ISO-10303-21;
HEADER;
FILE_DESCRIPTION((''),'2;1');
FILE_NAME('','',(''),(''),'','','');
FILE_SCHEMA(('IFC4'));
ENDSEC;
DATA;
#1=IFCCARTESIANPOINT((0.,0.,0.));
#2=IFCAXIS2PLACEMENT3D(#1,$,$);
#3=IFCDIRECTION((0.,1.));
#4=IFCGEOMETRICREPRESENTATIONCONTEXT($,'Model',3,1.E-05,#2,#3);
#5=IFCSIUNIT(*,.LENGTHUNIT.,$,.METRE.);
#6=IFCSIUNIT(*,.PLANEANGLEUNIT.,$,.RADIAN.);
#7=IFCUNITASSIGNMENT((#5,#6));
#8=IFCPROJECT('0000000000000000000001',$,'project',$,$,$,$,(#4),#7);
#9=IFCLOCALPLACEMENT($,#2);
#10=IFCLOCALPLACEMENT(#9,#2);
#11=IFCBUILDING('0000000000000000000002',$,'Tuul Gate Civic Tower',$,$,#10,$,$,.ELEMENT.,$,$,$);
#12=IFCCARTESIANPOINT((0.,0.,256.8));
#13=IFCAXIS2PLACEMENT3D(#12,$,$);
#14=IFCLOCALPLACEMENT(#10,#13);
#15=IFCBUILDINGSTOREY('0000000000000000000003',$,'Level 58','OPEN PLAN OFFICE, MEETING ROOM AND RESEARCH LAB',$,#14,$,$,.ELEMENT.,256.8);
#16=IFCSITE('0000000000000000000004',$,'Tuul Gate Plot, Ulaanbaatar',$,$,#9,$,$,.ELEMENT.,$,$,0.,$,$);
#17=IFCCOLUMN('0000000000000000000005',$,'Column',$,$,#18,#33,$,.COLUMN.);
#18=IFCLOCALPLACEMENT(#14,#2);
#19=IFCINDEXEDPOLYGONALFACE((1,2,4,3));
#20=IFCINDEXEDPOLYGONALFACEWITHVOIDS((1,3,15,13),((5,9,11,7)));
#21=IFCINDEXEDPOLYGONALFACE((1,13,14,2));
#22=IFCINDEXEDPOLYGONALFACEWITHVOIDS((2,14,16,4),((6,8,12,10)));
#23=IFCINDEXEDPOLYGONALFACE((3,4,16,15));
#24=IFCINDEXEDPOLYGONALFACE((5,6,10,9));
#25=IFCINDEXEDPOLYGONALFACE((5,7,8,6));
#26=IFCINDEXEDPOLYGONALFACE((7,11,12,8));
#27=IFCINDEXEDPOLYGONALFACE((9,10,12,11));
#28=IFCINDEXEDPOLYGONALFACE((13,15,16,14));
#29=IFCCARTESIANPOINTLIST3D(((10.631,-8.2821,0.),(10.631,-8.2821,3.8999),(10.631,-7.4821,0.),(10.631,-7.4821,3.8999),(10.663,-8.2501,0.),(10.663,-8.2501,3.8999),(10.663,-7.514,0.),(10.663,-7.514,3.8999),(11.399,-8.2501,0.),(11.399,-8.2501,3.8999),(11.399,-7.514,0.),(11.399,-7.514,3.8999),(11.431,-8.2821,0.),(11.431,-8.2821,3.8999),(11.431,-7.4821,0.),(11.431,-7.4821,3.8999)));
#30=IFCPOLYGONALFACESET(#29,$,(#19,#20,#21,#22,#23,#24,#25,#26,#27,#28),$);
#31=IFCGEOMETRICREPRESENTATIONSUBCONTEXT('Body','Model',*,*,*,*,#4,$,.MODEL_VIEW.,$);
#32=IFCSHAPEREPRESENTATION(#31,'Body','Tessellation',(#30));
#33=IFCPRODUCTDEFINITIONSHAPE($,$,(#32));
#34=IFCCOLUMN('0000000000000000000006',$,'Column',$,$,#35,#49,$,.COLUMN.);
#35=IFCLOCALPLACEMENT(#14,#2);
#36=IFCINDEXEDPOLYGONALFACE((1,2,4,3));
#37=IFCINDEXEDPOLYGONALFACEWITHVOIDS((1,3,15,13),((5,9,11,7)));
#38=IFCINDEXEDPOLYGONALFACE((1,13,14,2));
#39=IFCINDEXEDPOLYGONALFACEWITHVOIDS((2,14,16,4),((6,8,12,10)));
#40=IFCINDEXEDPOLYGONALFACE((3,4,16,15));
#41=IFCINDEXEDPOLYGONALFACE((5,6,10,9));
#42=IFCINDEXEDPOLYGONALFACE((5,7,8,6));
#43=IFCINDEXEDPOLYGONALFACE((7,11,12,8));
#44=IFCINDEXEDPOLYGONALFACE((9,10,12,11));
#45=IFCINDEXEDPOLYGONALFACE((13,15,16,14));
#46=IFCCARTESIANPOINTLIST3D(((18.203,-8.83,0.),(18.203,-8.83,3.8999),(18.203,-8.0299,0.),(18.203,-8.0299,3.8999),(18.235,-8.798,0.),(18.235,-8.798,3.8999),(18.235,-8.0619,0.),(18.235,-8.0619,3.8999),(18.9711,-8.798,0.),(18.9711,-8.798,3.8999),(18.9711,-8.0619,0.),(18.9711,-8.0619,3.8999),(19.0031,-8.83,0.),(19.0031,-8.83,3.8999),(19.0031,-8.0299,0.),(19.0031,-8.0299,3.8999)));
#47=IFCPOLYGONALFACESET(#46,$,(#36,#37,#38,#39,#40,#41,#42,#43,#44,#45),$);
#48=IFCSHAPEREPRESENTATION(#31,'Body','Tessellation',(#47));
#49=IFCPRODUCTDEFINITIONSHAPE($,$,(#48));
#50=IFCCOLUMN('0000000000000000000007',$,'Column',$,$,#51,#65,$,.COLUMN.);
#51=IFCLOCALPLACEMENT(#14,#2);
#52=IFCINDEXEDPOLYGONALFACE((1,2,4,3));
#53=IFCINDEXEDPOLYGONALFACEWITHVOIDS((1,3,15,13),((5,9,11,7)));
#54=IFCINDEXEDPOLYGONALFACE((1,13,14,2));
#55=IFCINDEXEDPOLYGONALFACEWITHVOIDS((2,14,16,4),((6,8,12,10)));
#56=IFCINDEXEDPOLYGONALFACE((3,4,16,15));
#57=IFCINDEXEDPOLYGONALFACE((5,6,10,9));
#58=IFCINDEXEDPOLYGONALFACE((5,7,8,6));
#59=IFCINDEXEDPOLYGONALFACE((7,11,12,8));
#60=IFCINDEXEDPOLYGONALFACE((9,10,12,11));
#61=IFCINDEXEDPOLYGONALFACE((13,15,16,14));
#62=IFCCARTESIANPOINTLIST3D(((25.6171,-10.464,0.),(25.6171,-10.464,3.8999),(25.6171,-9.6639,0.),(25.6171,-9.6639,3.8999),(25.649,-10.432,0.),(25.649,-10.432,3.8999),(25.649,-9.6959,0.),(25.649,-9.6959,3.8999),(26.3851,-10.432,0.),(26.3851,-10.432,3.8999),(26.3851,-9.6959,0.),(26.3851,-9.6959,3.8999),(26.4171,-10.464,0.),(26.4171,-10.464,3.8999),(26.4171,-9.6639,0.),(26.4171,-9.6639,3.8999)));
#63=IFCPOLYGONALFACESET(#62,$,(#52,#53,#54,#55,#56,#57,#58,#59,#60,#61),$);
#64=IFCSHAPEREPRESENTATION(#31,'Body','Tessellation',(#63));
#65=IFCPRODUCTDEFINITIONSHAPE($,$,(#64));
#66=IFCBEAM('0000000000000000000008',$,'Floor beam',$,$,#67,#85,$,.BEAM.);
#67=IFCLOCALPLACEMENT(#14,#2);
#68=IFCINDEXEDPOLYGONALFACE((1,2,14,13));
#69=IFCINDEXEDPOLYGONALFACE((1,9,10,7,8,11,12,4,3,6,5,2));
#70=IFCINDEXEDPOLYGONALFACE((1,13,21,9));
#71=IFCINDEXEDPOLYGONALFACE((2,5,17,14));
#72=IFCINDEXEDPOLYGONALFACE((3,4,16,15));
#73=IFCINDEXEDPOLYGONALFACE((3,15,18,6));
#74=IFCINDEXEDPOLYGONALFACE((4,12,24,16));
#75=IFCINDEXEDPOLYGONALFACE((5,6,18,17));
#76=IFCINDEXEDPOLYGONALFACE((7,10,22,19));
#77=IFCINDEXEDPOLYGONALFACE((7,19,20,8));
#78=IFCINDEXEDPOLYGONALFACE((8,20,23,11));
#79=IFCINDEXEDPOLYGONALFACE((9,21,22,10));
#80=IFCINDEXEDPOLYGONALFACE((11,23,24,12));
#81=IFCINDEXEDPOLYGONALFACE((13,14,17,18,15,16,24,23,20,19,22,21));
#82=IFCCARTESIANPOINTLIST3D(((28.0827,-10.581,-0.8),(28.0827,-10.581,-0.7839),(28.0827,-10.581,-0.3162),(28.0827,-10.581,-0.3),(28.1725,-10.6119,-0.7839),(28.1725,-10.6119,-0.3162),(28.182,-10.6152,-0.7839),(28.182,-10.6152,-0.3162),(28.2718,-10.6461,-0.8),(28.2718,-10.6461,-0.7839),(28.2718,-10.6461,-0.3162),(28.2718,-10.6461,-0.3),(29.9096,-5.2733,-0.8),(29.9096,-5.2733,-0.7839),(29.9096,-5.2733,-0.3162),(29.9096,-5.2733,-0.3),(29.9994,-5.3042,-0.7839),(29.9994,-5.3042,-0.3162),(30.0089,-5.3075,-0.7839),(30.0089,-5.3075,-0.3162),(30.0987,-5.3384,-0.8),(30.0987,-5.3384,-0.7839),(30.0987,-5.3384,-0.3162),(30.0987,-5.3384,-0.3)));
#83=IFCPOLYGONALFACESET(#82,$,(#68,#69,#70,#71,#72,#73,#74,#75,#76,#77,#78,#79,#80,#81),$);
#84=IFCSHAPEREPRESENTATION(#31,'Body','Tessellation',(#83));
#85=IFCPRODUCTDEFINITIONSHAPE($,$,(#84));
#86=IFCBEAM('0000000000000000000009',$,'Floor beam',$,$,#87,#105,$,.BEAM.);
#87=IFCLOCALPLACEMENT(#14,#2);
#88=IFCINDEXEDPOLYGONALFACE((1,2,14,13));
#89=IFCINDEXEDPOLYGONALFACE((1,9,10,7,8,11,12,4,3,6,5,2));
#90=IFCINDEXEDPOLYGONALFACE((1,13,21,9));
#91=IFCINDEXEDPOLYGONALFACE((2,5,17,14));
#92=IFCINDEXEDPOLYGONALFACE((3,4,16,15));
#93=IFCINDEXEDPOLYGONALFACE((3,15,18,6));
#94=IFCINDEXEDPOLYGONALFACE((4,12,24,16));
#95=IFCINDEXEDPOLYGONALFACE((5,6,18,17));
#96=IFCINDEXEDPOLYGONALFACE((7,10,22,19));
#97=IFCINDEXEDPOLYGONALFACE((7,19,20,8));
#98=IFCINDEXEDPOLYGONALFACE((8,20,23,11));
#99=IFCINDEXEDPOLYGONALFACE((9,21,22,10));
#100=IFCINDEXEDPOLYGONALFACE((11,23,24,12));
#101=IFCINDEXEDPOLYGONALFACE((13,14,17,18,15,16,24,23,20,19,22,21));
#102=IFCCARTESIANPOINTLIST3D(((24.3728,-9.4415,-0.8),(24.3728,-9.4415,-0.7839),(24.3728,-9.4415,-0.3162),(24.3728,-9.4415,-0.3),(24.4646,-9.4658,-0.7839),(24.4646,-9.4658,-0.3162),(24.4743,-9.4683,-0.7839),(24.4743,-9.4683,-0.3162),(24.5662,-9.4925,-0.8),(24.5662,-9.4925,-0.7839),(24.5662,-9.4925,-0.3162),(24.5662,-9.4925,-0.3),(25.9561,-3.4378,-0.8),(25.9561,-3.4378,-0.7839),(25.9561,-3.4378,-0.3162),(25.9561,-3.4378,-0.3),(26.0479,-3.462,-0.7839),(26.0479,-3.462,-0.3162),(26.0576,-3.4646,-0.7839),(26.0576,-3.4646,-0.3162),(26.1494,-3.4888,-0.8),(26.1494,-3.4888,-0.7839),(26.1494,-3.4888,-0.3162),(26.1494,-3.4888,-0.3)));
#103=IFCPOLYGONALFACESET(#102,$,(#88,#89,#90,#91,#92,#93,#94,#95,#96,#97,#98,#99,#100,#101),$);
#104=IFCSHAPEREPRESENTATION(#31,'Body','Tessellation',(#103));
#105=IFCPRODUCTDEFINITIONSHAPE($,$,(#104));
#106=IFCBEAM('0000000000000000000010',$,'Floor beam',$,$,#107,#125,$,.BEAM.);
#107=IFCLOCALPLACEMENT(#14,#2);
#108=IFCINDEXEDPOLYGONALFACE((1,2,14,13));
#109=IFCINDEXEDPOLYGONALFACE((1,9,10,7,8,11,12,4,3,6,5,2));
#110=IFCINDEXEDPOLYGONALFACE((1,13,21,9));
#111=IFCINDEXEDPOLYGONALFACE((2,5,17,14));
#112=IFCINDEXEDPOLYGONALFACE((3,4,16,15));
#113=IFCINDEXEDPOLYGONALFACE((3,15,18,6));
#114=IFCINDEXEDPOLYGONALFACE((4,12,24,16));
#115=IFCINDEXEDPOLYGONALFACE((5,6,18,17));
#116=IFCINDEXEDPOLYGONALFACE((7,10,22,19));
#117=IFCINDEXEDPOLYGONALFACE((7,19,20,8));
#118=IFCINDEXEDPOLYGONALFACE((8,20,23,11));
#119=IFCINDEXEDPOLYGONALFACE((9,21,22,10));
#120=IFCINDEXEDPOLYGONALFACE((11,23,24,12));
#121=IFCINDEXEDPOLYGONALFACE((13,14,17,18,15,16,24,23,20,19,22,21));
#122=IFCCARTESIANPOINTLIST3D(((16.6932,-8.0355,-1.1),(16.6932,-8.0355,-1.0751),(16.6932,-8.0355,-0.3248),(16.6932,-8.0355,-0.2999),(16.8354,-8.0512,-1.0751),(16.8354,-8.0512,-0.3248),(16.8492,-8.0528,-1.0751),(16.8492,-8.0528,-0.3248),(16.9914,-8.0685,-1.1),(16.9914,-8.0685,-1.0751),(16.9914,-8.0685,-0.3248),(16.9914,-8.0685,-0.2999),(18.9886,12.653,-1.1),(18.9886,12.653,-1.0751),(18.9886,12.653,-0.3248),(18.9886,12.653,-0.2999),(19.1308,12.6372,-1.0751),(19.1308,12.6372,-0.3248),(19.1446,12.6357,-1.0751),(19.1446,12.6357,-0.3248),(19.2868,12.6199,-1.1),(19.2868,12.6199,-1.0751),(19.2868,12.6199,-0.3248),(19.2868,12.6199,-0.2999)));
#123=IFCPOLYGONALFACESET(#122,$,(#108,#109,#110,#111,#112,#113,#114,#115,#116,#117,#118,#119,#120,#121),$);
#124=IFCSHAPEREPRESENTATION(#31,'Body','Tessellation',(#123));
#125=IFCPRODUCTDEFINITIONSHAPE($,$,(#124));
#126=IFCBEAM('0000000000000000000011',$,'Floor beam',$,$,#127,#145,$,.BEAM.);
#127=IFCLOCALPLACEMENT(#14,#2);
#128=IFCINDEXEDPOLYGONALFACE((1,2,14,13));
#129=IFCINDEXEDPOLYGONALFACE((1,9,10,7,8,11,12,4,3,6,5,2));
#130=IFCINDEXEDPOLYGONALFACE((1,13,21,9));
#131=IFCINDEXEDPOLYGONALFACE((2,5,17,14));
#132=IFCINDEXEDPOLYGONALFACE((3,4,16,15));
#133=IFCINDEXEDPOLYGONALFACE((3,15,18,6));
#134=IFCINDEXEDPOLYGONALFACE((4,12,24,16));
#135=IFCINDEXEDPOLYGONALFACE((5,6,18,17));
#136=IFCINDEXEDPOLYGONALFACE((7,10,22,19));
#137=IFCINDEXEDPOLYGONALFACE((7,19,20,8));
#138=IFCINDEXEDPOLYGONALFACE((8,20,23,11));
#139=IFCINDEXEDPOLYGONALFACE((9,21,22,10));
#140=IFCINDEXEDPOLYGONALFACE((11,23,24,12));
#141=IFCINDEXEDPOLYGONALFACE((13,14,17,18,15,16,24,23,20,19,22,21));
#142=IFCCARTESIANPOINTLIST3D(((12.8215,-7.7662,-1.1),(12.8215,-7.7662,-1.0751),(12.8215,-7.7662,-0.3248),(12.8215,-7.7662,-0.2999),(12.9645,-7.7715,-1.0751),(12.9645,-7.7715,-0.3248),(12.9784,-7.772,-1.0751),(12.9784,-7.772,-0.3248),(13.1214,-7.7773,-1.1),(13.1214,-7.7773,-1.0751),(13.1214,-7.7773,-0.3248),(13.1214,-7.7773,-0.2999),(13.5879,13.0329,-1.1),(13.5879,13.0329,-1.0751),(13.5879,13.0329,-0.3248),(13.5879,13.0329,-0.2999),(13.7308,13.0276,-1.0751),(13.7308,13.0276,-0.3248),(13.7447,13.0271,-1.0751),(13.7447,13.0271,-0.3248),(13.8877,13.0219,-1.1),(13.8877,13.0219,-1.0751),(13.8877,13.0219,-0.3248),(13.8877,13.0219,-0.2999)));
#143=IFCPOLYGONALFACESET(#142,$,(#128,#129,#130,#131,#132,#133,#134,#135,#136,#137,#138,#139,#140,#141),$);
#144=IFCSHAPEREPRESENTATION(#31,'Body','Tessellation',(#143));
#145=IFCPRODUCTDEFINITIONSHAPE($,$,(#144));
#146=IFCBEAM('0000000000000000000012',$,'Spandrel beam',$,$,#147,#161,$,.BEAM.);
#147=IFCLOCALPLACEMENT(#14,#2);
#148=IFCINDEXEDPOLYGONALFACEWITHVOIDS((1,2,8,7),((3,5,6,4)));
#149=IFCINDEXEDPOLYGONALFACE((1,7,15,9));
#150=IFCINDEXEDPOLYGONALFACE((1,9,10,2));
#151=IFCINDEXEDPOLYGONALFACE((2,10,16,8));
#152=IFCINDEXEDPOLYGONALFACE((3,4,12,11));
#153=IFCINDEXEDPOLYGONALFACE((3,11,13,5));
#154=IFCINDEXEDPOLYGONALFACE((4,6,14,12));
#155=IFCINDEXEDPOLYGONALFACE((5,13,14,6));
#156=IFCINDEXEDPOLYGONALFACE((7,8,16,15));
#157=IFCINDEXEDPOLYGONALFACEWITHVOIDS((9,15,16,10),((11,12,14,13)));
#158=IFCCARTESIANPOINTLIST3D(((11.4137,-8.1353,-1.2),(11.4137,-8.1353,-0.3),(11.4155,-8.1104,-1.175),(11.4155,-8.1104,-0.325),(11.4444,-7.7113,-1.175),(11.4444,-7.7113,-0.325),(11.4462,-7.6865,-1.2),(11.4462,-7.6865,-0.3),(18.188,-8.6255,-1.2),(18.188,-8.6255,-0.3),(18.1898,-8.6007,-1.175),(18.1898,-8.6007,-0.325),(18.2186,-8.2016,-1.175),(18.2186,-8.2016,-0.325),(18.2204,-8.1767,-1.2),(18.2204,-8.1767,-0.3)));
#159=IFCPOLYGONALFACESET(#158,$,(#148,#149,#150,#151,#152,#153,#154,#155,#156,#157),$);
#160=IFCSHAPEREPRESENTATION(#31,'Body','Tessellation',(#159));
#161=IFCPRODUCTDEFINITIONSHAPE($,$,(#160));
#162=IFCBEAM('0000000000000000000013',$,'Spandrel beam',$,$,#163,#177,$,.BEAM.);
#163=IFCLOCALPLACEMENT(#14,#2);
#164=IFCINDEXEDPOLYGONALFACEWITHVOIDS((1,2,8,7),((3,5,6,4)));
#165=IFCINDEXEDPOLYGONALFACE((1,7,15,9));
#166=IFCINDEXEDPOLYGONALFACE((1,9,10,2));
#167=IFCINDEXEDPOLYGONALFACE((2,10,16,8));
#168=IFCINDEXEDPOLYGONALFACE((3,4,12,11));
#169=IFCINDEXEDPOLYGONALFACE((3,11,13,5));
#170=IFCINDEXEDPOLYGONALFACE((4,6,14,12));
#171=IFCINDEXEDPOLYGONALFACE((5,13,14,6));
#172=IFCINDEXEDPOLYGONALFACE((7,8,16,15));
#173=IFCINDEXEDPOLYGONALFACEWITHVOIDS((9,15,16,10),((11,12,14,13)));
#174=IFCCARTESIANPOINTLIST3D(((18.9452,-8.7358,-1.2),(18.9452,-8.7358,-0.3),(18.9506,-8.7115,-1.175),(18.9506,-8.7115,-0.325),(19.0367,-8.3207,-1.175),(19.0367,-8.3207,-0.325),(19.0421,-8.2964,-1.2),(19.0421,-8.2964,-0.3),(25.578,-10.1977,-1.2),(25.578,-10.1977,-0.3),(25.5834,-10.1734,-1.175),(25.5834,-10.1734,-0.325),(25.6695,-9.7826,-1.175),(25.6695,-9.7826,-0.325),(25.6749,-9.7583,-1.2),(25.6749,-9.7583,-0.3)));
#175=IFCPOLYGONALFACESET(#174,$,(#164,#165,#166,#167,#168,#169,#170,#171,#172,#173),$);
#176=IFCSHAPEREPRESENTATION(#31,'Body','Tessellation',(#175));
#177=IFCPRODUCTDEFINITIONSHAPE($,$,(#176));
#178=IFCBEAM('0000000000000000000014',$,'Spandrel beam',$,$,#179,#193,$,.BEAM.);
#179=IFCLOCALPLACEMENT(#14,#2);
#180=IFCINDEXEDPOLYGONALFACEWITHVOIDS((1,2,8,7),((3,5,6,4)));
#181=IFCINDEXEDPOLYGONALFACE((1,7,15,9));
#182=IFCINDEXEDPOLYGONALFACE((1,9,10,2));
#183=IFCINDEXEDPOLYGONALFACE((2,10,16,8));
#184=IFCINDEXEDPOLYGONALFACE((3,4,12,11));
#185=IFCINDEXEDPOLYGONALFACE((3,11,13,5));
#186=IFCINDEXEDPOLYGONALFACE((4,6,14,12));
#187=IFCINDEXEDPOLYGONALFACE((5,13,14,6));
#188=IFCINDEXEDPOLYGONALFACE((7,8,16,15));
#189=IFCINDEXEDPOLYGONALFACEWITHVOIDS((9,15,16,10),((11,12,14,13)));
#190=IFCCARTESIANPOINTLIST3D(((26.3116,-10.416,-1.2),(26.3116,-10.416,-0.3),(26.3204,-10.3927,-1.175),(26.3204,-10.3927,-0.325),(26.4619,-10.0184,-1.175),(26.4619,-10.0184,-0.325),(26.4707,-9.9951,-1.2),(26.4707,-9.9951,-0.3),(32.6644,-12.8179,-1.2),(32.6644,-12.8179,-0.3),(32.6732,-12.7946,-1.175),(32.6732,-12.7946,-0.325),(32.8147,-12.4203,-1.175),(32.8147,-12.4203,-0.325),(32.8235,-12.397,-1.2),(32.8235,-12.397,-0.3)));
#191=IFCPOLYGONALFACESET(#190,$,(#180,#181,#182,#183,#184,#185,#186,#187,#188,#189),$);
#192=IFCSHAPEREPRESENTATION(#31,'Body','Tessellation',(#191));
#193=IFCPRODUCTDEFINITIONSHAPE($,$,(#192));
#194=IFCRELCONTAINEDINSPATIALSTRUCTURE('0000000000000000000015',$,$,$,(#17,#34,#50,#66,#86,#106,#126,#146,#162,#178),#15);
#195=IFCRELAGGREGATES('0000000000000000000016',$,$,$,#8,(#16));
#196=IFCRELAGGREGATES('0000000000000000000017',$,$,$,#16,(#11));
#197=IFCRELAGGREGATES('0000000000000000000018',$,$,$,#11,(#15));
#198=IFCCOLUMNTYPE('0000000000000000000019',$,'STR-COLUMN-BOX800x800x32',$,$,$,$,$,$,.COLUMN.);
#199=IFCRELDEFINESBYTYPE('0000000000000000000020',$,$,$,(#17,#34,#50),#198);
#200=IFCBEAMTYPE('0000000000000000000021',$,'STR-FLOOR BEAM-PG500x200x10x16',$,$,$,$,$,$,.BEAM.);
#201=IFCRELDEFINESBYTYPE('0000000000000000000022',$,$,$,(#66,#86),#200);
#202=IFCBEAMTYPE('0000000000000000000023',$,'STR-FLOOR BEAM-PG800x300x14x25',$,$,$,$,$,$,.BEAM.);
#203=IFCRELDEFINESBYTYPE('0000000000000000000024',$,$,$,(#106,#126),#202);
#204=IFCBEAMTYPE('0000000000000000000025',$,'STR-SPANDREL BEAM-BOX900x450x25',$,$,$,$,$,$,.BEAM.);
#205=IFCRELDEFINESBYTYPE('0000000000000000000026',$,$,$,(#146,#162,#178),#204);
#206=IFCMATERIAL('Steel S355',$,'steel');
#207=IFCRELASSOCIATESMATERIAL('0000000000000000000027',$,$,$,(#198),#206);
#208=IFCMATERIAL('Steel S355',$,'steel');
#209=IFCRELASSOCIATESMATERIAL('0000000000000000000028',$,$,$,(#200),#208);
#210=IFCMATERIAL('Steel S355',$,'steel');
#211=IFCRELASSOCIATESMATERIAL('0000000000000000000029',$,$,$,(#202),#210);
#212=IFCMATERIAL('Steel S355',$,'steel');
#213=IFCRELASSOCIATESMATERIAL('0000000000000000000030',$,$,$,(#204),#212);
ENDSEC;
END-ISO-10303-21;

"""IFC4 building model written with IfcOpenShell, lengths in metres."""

from ifc_helpers import new_model, si_unit, direction, frame, origin, origin_2d, place, context, subcontext, project, spatial, hollow_rectangle, i_section, extrude, material, material_profile, profile_set, type_object, element, save


model = new_model("IFC4")

# Units and contexts
model_context = context("Model", 3, precision=1e-05, world=origin(), true_north=direction((0.0, 1.0)))
body_context = subcontext(model_context, "Body", "Model", "MODEL_VIEW")
ifc_project = project(units=[si_unit("LENGTHUNIT", "METRE"), si_unit("PLANEANGLEUNIT", "RADIAN")], contexts=[model_context])

# Site, building, storey
site_placement = place(None, origin())
site = spatial("IfcSite", under=ifc_project, at=site_placement, Name="Tuul Gate Plot, Ulaanbaatar", CompositionType="ELEMENT", RefElevation=0.0)
building_placement = place(site_placement, origin())
building = spatial("IfcBuilding", under=site, at=building_placement, Name="Tuul Gate Civic Tower", CompositionType="ELEMENT")
storey_placement = place(building_placement, frame((0.0, 0.0, 256.8)))
storey = spatial("IfcBuildingStorey", under=building, at=storey_placement, Name="Level 58", Description="OPEN PLAN OFFICE, MEETING ROOM AND RESEARCH LAB", CompositionType="ELEMENT", Elevation=256.8)

# Columns
ifc_material_1 = material(Name="Steel S355", Category="steel")
ifc_material_profile_1 = material_profile(ifc_material_1, hollow_rectangle(XDim=0.8, YDim=0.8, WallThickness=0.032, at=origin_2d()), Name="BOX800x800x32")
ifc_profile_set_1 = profile_set([ifc_material_profile_1], Name="Steel S355")
column_type = type_object("IfcColumnType", Name="STR-COLUMN-BOX800x800x32", PredefinedType="COLUMN", material=ifc_profile_set_1)
for number, where, z_axis, x_axis, name in (
    (1, (11.031, -7.8821, 0.0), (0.0, 0.0, 1.0), (1.0, 0.0, 0.0), "Column"),
    (2, (18.603, -8.4299, 0.0), (0.0, 0.0, 1.0), (1.0, 0.0, 0.0), "Column"),
    (3, (26.0171, -10.064, 0.0), (0.0, 0.0, 1.0), (1.0, 0.0, 0.0), "Column"),
):
    element("IfcColumn", number, at=place(storey_placement, frame(where, z_axis=z_axis, x_axis=x_axis)), inside=storey, type_object=column_type, Name=name, PredefinedType="COLUMN", context=body_context, shape_type="SweptSolid", body=[
        extrude(hollow_rectangle(XDim=0.8, YDim=0.8, WallThickness=0.032, at=origin_2d()), origin(), (0.0, 0.0, 1.0), 3.8999),
    ])

# Beams
ifc_material_2 = material(Name="Steel S355", Category="steel")
ifc_material_profile_2 = material_profile(ifc_material_2, i_section(OverallWidth=0.2, OverallDepth=0.5, WebThickness=0.01, FlangeThickness=0.0161, at=origin_2d()), Name="PG500x200x10x16")
ifc_profile_set_2 = profile_set([ifc_material_profile_2], Name="Steel S355")
beam_type_1 = type_object("IfcBeamType", Name="STR-FLOOR BEAM-PG500x200x10x16", PredefinedType="BEAM", material=ifc_profile_set_2)
beam_1_placement = place(storey_placement, frame((28.1772, -10.6135, -0.55), z_axis=(0.325464, 0.945554, 0.0), x_axis=(-0.945554, 0.325464, 0.0)))
element("IfcBeam", 4, at=beam_1_placement, inside=storey, type_object=beam_type_1, Name="Floor beam", PredefinedType="BEAM", context=body_context, shape_type="SweptSolid", body=[
    extrude(i_section(OverallWidth=0.2, OverallDepth=0.5, WebThickness=0.01, FlangeThickness=0.0161, at=origin_2d()), origin(), (0.0, 0.0, 1.0), 5.6133),
])
beam_2_placement = place(storey_placement, frame((24.4695, -9.467, -0.55), z_axis=(0.254996, 0.966942, 0.0), x_axis=(-0.966942, 0.254996, 0.0)))
element("IfcBeam", 5, at=beam_2_placement, inside=storey, type_object=beam_type_1, Name="Floor beam", PredefinedType="BEAM", context=body_context, shape_type="SweptSolid", body=[
    extrude(i_section(OverallWidth=0.2, OverallDepth=0.5, WebThickness=0.01, FlangeThickness=0.0161, at=origin_2d()), origin(), (0.0, 0.0, 1.0), 6.209),
])
ifc_material_3 = material(Name="Steel S355", Category="steel")
ifc_material_profile_3 = material_profile(ifc_material_3, i_section(OverallWidth=0.3, OverallDepth=0.8, WebThickness=0.0139, FlangeThickness=0.0249, at=origin_2d()), Name="PG800x300x14x25")
ifc_profile_set_3 = profile_set([ifc_material_profile_3], Name="Steel S355")
beam_type_2 = type_object("IfcBeamType", Name="STR-FLOOR BEAM-PG800x300x14x25", PredefinedType="BEAM", material=ifc_profile_set_3)
beam_3_placement = place(storey_placement, frame((16.8423, -8.052, -0.7), z_axis=(0.110274, 0.993901, 0.0), x_axis=(-0.993901, 0.110274, 0.0)))
element("IfcBeam", 6, at=beam_3_placement, inside=storey, type_object=beam_type_2, Name="Floor beam", PredefinedType="BEAM", context=body_context, shape_type="SweptSolid", body=[
    extrude(i_section(OverallWidth=0.3, OverallDepth=0.8, WebThickness=0.0139, FlangeThickness=0.0249, at=origin_2d()), origin(), (0.0, 0.0, 1.0), 20.8154),
])
beam_4_placement = place(storey_placement, frame((12.9714, -7.7717, -0.7), z_axis=(0.036821, 0.999322, 0.0), x_axis=(-0.999322, 0.036821, 0.0)))
element("IfcBeam", 7, at=beam_4_placement, inside=storey, type_object=beam_type_2, Name="Floor beam", PredefinedType="BEAM", context=body_context, shape_type="SweptSolid", body=[
    extrude(i_section(OverallWidth=0.3, OverallDepth=0.8, WebThickness=0.0139, FlangeThickness=0.0249, at=origin_2d()), origin(), (0.0, 0.0, 1.0), 20.8132),
])
ifc_material_4 = material(Name="Steel S355", Category="steel")
ifc_material_profile_4 = material_profile(ifc_material_4, hollow_rectangle(XDim=0.45, YDim=0.8999, WallThickness=0.0249, at=origin_2d()), Name="BOX900x450x25")
ifc_profile_set_4 = profile_set([ifc_material_profile_4], Name="Steel S355")
beam_type_3 = type_object("IfcBeamType", Name="STR-SPANDREL BEAM-BOX900x450x25", PredefinedType="BEAM", material=ifc_profile_set_4)
for number, where, z_axis, x_axis, name in (
    (8, (11.4299, -7.9109, -0.75), (0.997392, -0.072179, 0.0), (0.072179, 0.997392, 0.0), "Spandrel beam"),
    (9, (18.9937, -8.5161, -0.75), (0.976561, -0.21524, 0.0), (0.21524, 0.976561, 0.0), "Spandrel beam"),
):
    element("IfcBeam", number, at=place(storey_placement, frame(where, z_axis=z_axis, x_axis=x_axis)), inside=storey, type_object=beam_type_3, Name=name, PredefinedType="BEAM", context=body_context, shape_type="SweptSolid", body=[
        extrude(hollow_rectangle(XDim=0.45, YDim=0.8999, WallThickness=0.0249, at=origin_2d()), origin(), (0.0, 0.0, 1.0), 6.792),
    ])
beam_5_placement = place(storey_placement, frame((26.3911, -10.2056, -0.75), z_axis=(0.935379, -0.353647, 0.0), x_axis=(0.353647, 0.935379, 0.0)))
element("IfcBeam", 10, at=beam_5_placement, inside=storey, type_object=beam_type_3, Name="Spandrel beam", PredefinedType="BEAM", context=body_context, shape_type="SweptSolid", body=[
    extrude(hollow_rectangle(XDim=0.45, YDim=0.8999, WallThickness=0.0249, at=origin_2d()), origin(), (0.0, 0.0, 1.0), 6.7917),
])

save(model, "model.ifc")
